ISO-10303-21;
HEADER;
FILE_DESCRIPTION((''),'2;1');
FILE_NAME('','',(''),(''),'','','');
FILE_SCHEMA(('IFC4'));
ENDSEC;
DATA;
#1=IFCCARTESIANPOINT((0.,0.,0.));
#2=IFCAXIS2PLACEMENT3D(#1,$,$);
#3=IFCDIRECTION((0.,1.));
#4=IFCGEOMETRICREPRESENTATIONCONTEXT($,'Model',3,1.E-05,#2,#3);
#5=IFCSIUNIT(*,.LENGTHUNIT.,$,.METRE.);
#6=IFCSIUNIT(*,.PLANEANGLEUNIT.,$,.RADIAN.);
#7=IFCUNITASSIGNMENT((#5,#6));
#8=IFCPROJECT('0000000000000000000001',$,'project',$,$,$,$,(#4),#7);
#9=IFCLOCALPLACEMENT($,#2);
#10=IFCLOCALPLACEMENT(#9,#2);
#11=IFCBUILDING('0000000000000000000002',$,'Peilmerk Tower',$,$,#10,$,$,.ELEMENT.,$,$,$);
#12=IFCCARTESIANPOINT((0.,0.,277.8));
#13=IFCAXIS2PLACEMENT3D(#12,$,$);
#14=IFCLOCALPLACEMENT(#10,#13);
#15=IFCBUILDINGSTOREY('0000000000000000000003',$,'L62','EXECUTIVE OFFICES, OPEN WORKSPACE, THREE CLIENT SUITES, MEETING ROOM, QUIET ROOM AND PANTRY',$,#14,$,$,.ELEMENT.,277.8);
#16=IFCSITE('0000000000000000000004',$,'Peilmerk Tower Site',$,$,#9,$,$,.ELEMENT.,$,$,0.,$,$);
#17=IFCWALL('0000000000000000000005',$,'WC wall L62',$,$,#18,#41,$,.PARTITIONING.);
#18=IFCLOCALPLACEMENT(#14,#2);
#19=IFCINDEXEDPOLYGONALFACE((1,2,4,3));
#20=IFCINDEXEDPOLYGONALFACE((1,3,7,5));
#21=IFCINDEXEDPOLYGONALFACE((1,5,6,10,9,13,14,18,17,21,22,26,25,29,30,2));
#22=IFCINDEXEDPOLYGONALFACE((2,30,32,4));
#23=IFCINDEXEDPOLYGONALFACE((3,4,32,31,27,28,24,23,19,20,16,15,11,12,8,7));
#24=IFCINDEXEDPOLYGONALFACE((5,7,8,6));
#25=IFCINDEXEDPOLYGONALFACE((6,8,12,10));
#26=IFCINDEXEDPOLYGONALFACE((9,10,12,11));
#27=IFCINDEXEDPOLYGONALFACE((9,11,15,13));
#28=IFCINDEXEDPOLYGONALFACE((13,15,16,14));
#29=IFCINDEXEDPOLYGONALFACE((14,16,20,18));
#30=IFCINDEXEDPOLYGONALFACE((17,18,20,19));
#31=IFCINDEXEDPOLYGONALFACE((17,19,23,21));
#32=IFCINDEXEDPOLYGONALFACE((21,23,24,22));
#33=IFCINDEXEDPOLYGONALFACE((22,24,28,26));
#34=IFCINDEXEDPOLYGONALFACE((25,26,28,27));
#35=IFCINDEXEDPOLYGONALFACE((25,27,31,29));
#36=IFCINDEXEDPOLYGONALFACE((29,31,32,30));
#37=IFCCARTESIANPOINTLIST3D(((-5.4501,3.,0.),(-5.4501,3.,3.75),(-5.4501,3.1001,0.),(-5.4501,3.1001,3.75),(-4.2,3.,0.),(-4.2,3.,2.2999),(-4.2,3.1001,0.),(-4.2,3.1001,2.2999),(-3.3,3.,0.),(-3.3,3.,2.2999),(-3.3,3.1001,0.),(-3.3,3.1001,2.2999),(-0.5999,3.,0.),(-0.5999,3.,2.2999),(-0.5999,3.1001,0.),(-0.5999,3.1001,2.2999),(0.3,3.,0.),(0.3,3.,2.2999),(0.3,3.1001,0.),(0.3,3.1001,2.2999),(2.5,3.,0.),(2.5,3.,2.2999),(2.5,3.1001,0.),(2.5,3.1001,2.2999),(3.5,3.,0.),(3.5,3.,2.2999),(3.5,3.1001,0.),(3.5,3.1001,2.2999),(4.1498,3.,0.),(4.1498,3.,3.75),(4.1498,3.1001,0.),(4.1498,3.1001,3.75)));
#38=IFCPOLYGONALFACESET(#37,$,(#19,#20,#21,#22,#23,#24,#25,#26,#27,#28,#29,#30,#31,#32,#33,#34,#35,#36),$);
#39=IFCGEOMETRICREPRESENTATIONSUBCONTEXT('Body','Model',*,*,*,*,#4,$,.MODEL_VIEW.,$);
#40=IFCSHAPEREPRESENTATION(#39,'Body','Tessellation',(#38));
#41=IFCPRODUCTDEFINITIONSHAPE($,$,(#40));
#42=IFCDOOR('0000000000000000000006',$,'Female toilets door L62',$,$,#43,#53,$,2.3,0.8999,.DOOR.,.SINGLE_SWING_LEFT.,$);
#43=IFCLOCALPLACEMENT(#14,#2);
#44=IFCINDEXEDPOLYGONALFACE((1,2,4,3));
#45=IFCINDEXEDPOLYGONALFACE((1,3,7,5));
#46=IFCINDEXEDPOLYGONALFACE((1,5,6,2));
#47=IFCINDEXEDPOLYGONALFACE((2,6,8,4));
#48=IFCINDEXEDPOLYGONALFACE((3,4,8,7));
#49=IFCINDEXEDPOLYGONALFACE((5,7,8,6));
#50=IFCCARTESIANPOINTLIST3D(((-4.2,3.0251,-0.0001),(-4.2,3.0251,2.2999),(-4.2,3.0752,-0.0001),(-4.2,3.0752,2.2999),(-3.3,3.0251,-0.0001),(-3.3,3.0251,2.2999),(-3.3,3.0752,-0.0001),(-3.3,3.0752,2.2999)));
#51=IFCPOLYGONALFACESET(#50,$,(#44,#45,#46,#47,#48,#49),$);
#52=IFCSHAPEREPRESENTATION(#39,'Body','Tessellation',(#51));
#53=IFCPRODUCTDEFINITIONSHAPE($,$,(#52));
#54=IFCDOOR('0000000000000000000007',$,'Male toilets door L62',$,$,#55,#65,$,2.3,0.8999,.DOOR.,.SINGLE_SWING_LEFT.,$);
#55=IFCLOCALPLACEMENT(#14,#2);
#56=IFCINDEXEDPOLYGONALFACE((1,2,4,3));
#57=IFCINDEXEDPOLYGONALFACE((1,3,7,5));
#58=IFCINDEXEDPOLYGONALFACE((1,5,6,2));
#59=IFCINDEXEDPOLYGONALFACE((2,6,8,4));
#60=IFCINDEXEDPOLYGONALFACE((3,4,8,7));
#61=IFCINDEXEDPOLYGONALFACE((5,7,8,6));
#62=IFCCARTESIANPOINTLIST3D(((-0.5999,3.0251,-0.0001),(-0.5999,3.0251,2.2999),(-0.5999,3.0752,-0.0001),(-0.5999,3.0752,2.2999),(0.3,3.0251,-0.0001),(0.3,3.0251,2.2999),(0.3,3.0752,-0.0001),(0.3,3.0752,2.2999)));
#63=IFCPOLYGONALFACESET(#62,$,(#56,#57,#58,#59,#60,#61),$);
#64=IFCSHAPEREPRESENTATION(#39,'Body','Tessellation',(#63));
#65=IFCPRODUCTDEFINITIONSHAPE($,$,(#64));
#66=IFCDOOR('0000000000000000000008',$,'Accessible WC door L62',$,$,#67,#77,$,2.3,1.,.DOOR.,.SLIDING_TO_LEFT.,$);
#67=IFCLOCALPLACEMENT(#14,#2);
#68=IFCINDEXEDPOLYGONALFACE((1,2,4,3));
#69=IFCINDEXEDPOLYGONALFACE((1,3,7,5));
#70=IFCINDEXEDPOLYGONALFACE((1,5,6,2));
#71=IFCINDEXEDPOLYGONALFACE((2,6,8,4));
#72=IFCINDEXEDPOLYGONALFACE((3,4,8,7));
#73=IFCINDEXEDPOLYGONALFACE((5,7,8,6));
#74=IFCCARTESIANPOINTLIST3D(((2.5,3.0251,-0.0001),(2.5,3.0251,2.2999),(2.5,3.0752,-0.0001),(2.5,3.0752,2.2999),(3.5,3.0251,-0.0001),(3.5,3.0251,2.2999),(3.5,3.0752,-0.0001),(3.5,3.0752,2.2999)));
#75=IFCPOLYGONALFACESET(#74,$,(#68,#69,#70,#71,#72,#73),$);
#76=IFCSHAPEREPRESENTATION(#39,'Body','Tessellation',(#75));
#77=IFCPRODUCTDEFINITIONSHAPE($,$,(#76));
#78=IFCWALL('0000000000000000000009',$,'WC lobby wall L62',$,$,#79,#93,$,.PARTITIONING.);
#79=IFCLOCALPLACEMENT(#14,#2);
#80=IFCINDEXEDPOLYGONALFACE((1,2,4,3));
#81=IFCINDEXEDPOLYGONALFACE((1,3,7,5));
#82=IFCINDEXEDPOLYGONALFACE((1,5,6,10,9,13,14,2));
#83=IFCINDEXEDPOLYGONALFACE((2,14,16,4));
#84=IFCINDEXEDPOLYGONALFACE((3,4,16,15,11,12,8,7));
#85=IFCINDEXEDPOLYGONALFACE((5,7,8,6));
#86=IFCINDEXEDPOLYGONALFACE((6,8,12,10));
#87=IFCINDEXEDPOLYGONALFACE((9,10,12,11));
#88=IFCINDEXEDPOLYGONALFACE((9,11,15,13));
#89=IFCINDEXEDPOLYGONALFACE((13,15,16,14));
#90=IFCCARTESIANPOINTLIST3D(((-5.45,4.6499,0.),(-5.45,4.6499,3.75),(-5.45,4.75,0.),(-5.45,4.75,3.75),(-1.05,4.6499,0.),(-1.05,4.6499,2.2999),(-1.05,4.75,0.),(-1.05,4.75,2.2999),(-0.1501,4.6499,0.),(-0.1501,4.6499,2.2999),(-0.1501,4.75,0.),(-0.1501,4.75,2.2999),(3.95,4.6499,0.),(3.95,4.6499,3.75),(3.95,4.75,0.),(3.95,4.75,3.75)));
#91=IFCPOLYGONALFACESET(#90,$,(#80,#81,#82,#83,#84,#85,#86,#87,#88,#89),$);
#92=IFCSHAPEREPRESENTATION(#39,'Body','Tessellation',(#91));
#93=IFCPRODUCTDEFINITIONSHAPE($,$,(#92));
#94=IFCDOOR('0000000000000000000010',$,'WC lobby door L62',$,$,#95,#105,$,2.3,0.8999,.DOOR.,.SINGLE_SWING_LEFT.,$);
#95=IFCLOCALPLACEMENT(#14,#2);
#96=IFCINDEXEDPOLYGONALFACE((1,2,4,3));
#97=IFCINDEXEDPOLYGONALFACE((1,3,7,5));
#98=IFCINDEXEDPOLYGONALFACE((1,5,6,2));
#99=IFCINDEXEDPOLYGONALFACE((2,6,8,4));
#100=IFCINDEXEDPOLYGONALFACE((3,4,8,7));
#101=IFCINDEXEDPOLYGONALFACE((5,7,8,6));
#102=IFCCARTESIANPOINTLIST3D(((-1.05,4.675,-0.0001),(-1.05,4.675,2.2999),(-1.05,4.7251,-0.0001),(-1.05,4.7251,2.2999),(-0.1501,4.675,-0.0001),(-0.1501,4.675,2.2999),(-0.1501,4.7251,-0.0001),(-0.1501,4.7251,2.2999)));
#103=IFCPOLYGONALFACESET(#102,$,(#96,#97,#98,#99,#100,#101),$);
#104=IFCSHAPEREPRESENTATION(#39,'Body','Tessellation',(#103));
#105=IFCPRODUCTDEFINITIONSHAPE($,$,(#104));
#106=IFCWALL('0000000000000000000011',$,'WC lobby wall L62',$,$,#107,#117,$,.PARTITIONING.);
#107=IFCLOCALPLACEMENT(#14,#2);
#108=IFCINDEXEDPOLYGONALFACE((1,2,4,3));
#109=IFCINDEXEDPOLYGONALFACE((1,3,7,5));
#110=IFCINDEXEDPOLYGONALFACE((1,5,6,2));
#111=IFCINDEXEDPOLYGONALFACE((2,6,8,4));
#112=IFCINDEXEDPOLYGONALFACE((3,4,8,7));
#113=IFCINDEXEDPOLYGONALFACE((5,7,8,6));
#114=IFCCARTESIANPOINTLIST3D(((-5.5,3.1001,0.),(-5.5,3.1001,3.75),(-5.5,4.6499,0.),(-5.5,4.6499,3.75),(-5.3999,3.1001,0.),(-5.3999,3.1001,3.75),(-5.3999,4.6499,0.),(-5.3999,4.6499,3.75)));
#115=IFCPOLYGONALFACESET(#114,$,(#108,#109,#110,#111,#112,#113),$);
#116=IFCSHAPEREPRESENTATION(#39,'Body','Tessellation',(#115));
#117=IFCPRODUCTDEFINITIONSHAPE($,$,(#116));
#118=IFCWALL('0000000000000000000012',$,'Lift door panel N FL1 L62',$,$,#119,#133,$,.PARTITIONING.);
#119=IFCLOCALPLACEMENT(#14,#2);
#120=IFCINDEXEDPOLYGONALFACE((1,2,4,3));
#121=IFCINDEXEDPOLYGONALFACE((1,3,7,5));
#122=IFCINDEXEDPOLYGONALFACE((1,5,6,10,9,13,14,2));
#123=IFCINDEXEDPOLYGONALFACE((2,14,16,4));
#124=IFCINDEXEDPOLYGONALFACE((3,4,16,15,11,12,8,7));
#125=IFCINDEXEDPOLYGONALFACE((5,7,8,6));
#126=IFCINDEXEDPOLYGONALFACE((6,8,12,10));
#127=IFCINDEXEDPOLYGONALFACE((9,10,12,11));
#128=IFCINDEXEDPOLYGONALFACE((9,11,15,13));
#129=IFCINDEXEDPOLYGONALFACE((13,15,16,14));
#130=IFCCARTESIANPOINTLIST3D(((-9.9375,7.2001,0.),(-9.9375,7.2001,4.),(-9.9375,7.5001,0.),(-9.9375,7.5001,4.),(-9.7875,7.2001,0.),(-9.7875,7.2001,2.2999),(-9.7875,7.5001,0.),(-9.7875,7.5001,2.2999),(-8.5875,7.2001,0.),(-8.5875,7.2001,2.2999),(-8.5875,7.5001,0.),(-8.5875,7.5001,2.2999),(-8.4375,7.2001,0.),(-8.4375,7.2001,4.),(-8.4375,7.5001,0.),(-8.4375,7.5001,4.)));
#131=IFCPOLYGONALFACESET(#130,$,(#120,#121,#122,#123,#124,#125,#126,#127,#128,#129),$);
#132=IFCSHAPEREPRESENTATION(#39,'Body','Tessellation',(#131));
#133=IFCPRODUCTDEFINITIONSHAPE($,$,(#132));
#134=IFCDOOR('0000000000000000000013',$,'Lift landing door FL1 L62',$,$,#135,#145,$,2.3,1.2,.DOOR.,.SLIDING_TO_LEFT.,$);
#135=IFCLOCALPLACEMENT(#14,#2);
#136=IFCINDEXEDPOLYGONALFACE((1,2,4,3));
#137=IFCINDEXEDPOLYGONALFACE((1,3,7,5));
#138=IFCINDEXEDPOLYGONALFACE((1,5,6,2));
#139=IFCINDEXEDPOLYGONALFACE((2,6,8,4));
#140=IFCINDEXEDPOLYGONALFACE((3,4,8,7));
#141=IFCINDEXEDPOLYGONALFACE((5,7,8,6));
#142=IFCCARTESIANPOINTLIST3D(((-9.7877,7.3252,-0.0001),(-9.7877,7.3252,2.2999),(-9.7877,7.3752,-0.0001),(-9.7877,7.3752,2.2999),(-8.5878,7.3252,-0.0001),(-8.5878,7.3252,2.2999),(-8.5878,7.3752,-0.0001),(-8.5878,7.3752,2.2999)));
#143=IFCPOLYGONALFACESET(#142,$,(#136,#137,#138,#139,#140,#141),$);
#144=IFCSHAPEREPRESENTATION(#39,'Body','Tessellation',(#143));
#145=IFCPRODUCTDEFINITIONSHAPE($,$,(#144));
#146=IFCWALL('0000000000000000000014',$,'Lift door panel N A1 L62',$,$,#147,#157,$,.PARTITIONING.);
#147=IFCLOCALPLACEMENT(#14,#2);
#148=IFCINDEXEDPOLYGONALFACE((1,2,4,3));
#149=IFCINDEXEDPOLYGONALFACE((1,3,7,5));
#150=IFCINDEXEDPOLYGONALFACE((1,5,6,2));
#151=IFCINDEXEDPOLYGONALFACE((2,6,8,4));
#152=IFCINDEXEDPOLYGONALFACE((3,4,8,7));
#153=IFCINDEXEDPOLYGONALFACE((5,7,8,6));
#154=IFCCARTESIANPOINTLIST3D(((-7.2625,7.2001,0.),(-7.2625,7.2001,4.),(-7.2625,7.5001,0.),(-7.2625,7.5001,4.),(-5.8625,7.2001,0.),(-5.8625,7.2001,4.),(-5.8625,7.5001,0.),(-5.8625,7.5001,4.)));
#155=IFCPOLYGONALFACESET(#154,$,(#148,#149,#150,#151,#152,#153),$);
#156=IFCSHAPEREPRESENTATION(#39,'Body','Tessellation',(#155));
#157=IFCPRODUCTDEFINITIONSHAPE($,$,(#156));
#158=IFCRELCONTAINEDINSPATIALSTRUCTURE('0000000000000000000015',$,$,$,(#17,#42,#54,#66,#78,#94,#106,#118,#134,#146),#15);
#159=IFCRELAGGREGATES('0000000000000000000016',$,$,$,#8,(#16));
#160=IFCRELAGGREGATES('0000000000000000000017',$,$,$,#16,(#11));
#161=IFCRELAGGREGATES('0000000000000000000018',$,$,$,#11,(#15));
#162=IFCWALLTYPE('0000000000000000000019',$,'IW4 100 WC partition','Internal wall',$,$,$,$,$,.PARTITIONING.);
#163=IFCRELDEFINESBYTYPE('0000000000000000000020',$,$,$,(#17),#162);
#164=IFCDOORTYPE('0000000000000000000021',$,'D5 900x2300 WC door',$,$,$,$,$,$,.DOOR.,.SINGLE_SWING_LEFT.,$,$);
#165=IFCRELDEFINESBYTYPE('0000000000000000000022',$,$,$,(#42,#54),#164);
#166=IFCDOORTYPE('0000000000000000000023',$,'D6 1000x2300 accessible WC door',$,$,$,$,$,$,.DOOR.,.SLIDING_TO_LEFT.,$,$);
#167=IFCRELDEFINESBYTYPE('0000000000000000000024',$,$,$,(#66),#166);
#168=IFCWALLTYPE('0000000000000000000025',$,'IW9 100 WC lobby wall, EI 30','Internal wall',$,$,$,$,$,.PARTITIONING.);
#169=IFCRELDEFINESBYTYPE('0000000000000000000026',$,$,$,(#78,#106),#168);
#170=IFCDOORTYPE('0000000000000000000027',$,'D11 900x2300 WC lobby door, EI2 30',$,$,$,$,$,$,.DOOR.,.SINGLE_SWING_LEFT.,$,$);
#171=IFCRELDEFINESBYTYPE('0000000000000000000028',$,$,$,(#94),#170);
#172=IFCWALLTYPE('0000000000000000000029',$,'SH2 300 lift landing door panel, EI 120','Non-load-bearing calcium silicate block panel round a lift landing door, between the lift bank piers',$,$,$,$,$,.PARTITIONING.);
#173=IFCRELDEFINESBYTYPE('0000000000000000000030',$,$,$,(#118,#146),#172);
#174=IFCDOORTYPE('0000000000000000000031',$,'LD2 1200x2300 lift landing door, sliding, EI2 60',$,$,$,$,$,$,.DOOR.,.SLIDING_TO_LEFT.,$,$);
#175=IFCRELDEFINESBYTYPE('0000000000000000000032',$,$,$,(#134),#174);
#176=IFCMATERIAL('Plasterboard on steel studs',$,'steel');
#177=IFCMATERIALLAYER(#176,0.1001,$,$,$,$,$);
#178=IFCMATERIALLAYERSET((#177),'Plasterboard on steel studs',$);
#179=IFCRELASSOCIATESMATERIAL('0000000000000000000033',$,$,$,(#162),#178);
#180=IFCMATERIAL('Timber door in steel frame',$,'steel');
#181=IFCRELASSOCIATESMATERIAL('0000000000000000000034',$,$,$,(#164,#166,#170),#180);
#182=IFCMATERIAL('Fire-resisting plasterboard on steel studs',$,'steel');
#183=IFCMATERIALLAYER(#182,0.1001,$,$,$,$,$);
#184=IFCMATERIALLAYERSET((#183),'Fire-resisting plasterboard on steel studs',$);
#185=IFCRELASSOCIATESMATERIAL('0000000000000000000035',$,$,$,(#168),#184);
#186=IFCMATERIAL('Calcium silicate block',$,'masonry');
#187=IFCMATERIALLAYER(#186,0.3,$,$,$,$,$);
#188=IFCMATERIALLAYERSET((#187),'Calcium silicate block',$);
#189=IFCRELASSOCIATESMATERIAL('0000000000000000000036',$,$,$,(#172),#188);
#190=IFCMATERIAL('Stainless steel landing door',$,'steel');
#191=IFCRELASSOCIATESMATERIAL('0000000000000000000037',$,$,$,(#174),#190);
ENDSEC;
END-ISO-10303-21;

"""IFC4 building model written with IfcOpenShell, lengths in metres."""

from ifc_helpers import new_model, si_unit, direction, frame, frame_2d, origin, place, context, subcontext, project, spatial, rectangle, extrude, material, layer, layer_set, type_object, element, fill, save


model = new_model("IFC4")

# Units and contexts
model_context = context("Model", 3, precision=1e-05, world=origin(), true_north=direction((0.0, 1.0)))
body_context = subcontext(model_context, "Body", "Model", "MODEL_VIEW")
ifc_project = project(units=[si_unit("LENGTHUNIT", "METRE"), si_unit("PLANEANGLEUNIT", "RADIAN")], contexts=[model_context])

# Site, building, storey
site_placement = place(None, origin())
site = spatial("IfcSite", under=ifc_project, at=site_placement, Name="Peilmerk Tower Site", CompositionType="ELEMENT", RefElevation=0.0)
building_placement = place(site_placement, origin())
building = spatial("IfcBuilding", under=site, at=building_placement, Name="Peilmerk Tower", CompositionType="ELEMENT")
storey_placement = place(building_placement, frame((0.0, 0.0, 277.8)))
storey = spatial("IfcBuildingStorey", under=building, at=storey_placement, Name="L62", Description="EXECUTIVE OFFICES, OPEN WORKSPACE, THREE CLIENT SUITES, MEETING ROOM, QUIET ROOM AND PANTRY", CompositionType="ELEMENT", Elevation=277.8)

# Wall, openings, doors
ifc_material_1 = material(Name="Plasterboard on steel studs", Category="steel")
ifc_layer_1 = layer(ifc_material_1, 0.1001)
ifc_layer_set_1 = layer_set([ifc_layer_1], Name="Plasterboard on steel studs")
wall_type_1 = type_object("IfcWallType", Name="IW4 100 WC partition", Description="Internal wall", PredefinedType="PARTITIONING", material=ifc_layer_set_1)
wall_1_placement = place(storey_placement, frame((-5.45, 3.05, 0.0), z_axis=(0.0, 0.0, 1.0), x_axis=(1.0, 0.0, 0.0)))
wall_1 = element("IfcWall", 1, at=wall_1_placement, inside=storey, type_object=wall_type_1, Name="WC wall L62", PredefinedType="PARTITIONING", context=body_context, shape_type="SweptSolid", body=[
    extrude(rectangle(XDim=9.5999, YDim=0.1001, at=frame_2d((4.7998, 0.0))), origin(), (0.0, 0.0, 1.0), 3.75),
])
opening_1_placement = place(wall_1_placement, frame((1.25, 0.0, 0.0)))
opening_1 = element("IfcOpeningElement", 2, at=opening_1_placement, cuts=wall_1, PredefinedType="OPENING", context=body_context, shape_type="SweptSolid", body=[
    extrude(rectangle(XDim=0.8999, YDim=2.3, at=frame_2d((0.45, 1.1499))), frame((0.0, 0.0601, 0.0), z_axis=(0.0, -1.0, 0.0), x_axis=(1.0, 0.0, 0.0)), (0.0, 0.0, 1.0), 0.1201),
])
opening_2_placement = place(wall_1_placement, frame((4.8501, 0.0, 0.0)))
opening_2 = element("IfcOpeningElement", 3, at=opening_2_placement, cuts=wall_1, PredefinedType="OPENING", context=body_context, shape_type="SweptSolid", body=[
    extrude(rectangle(XDim=0.8999, YDim=2.3, at=frame_2d((0.45, 1.1499))), frame((0.0, 0.0601, 0.0), z_axis=(0.0, -1.0, 0.0), x_axis=(1.0, 0.0, 0.0)), (0.0, 0.0, 1.0), 0.1201),
])
opening_3_placement = place(wall_1_placement, frame((7.95, 0.0, 0.0)))
opening_3 = element("IfcOpeningElement", 4, at=opening_3_placement, cuts=wall_1, PredefinedType="OPENING", context=body_context, shape_type="SweptSolid", body=[
    extrude(rectangle(XDim=1.0, YDim=2.3, at=frame_2d((0.5, 1.1499))), frame((0.0, 0.0601, 0.0), z_axis=(0.0, -1.0, 0.0), x_axis=(1.0, 0.0, 0.0)), (0.0, 0.0, 1.0), 0.1201),
])
ifc_material_2 = material(Name="Timber door in steel frame", Category="steel")
door_type_1 = type_object("IfcDoorType", Name="D5 900x2300 WC door", OperationType="SINGLE_SWING_LEFT", PredefinedType="DOOR", material=ifc_material_2)
door_1_placement = place(opening_1_placement, frame((0.8999, 0.0, 0.0), z_axis=(0.0, 0.0, 1.0), x_axis=(-1.0, 0.0, 0.0)))
door_1 = element("IfcDoor", 5, at=door_1_placement, inside=storey, type_object=door_type_1, Name="Female toilets door L62", OperationType="SINGLE_SWING_LEFT", OverallHeight=2.3, OverallWidth=0.8999, PredefinedType="DOOR", context=body_context, shape_type="SweptSolid", body=[
    extrude(rectangle(XDim=0.8999, YDim=2.3, at=frame_2d((0.45, 1.1499))), frame((0.0, 0.0249, 0.0), z_axis=(0.0, -1.0, 0.0), x_axis=(1.0, 0.0, 0.0)), (0.0, 0.0, 1.0), 0.05),
])
fill(opening_1, door_1)
door_2_placement = place(opening_2_placement, frame((0.8999, 0.0, 0.0), z_axis=(0.0, 0.0, 1.0), x_axis=(-1.0, 0.0, 0.0)))
door_2 = element("IfcDoor", 6, at=door_2_placement, inside=storey, type_object=door_type_1, Name="Male toilets door L62", OperationType="SINGLE_SWING_LEFT", OverallHeight=2.3, OverallWidth=0.8999, PredefinedType="DOOR", context=body_context, shape_type="SweptSolid", body=[
    extrude(rectangle(XDim=0.8999, YDim=2.3, at=frame_2d((0.45, 1.1499))), frame((0.0, 0.0249, 0.0), z_axis=(0.0, -1.0, 0.0), x_axis=(1.0, 0.0, 0.0)), (0.0, 0.0, 1.0), 0.05),
])
fill(opening_2, door_2)
door_type_2 = type_object("IfcDoorType", Name="D6 1000x2300 accessible WC door", OperationType="SLIDING_TO_LEFT", PredefinedType="DOOR", material=ifc_material_2)
door_3_placement = place(opening_3_placement, frame((1.0, 0.0, 0.0), z_axis=(0.0, 0.0, 1.0), x_axis=(-1.0, 0.0, 0.0)))
door_3 = element("IfcDoor", 7, at=door_3_placement, inside=storey, type_object=door_type_2, Name="Accessible WC door L62", OperationType="SLIDING_TO_LEFT", OverallHeight=2.3, OverallWidth=1.0, PredefinedType="DOOR", context=body_context, shape_type="SweptSolid", body=[
    extrude(rectangle(XDim=1.0, YDim=2.3, at=frame_2d((0.5, 1.1499))), frame((0.0, 0.0249, 0.0), z_axis=(0.0, -1.0, 0.0), x_axis=(1.0, 0.0, 0.0)), (0.0, 0.0, 1.0), 0.05),
])
fill(opening_3, door_3)

# Wall, opening, door
ifc_material_3 = material(Name="Fire-resisting plasterboard on steel studs", Category="steel")
ifc_layer_2 = layer(ifc_material_3, 0.1001)
ifc_layer_set_2 = layer_set([ifc_layer_2], Name="Fire-resisting plasterboard on steel studs")
wall_type_2 = type_object("IfcWallType", Name="IW9 100 WC lobby wall, EI 30", Description="Internal wall", PredefinedType="PARTITIONING", material=ifc_layer_set_2)
wall_2_placement = place(storey_placement, frame((-5.45, 4.7, 0.0), z_axis=(0.0, 0.0, 1.0), x_axis=(1.0, 0.0, 0.0)))
wall_2 = element("IfcWall", 8, at=wall_2_placement, inside=storey, type_object=wall_type_2, Name="WC lobby wall L62", PredefinedType="PARTITIONING", context=body_context, shape_type="SweptSolid", body=[
    extrude(rectangle(XDim=9.3999, YDim=0.1001, at=frame_2d((4.7, 0.0))), origin(), (0.0, 0.0, 1.0), 3.75),
])
opening_4_placement = place(wall_2_placement, frame((4.3999, 0.0, 0.0)))
opening_4 = element("IfcOpeningElement", 9, at=opening_4_placement, cuts=wall_2, PredefinedType="OPENING", context=body_context, shape_type="SweptSolid", body=[
    extrude(rectangle(XDim=0.8999, YDim=2.3, at=frame_2d((0.45, 1.1499))), frame((0.0, 0.0601, 0.0), z_axis=(0.0, -1.0, 0.0), x_axis=(1.0, 0.0, 0.0)), (0.0, 0.0, 1.0), 0.1201),
])
door_type_3 = type_object("IfcDoorType", Name="D11 900x2300 WC lobby door, EI2 30", OperationType="SINGLE_SWING_LEFT", PredefinedType="DOOR", material=ifc_material_2)
door_4_placement = place(opening_4_placement, frame((0.8999, 0.0, 0.0), z_axis=(0.0, 0.0, 1.0), x_axis=(-1.0, 0.0, 0.0)))
door_4 = element("IfcDoor", 10, at=door_4_placement, inside=storey, type_object=door_type_3, Name="WC lobby door L62", OperationType="SINGLE_SWING_LEFT", OverallHeight=2.3, OverallWidth=0.8999, PredefinedType="DOOR", context=body_context, shape_type="SweptSolid", body=[
    extrude(rectangle(XDim=0.8999, YDim=2.3, at=frame_2d((0.45, 1.1499))), frame((0.0, 0.0249, 0.0), z_axis=(0.0, -1.0, 0.0), x_axis=(1.0, 0.0, 0.0)), (0.0, 0.0, 1.0), 0.05),
])
fill(opening_4, door_4)

# Wall
wall_3_placement = place(storey_placement, frame((-5.45, 3.1001, 0.0), z_axis=(0.0, 0.0, 1.0), x_axis=(0.0, 1.0, 0.0)))
element("IfcWall", 11, at=wall_3_placement, inside=storey, type_object=wall_type_2, Name="WC lobby wall L62", PredefinedType="PARTITIONING", context=body_context, shape_type="SweptSolid", body=[
    extrude(rectangle(XDim=1.5498, YDim=0.1001, at=frame_2d((0.7749, 0.0))), origin(), (0.0, 0.0, 1.0), 3.75),
])

# Wall, opening, door
ifc_material_4 = material(Name="Calcium silicate block", Category="masonry")
ifc_layer_3 = layer(ifc_material_4, 0.3)
ifc_layer_set_3 = layer_set([ifc_layer_3], Name="Calcium silicate block")
wall_type_3 = type_object("IfcWallType", Name="SH2 300 lift landing door panel, EI 120", Description="Non-load-bearing calcium silicate block panel round a lift landing door, between the lift bank piers", PredefinedType="PARTITIONING", material=ifc_layer_set_3)
wall_4_placement = place(storey_placement, frame((-9.9375, 7.3501, 0.0), z_axis=(0.0, 0.0, 1.0), x_axis=(1.0, 0.0, 0.0)))
wall_4 = element("IfcWall", 12, at=wall_4_placement, inside=storey, type_object=wall_type_3, Name="Lift door panel N FL1 L62", PredefinedType="PARTITIONING", context=body_context, shape_type="SweptSolid", body=[
    extrude(rectangle(XDim=1.5, YDim=0.3, at=frame_2d((0.75, 0.0))), origin(), (0.0, 0.0, 1.0), 4.0),
])
opening_5_placement = place(wall_4_placement, frame((0.1499, 0.0, 0.0)))
opening_5 = element("IfcOpeningElement", 13, at=opening_5_placement, cuts=wall_4, PredefinedType="OPENING", context=body_context, shape_type="SweptSolid", body=[
    extrude(rectangle(XDim=1.2, YDim=2.3, at=frame_2d((0.6001, 1.1499))), frame((0.0, 0.1599, 0.0), z_axis=(0.0, -1.0, 0.0), x_axis=(1.0, 0.0, 0.0)), (0.0, 0.0, 1.0), 0.3201),
])
ifc_material_5 = material(Name="Stainless steel landing door", Category="steel")
door_type_4 = type_object("IfcDoorType", Name="LD2 1200x2300 lift landing door, sliding, EI2 60", OperationType="SLIDING_TO_LEFT", PredefinedType="DOOR", material=ifc_material_5)
door_5_placement = place(opening_5_placement, frame((1.2, 0.0, 0.0), z_axis=(0.0, 0.0, 1.0), x_axis=(-1.0, 0.0, 0.0)))
door_5 = element("IfcDoor", 14, at=door_5_placement, inside=storey, type_object=door_type_4, Name="Lift landing door FL1 L62", OperationType="SLIDING_TO_LEFT", OverallHeight=2.3, OverallWidth=1.2, PredefinedType="DOOR", context=body_context, shape_type="SweptSolid", body=[
    extrude(rectangle(XDim=1.2, YDim=2.3, at=frame_2d((0.6001, 1.1499))), frame((0.0, 0.0249, 0.0), z_axis=(0.0, -1.0, 0.0), x_axis=(1.0, 0.0, 0.0)), (0.0, 0.0, 1.0), 0.05),
])
fill(opening_5, door_5)

# Wall
wall_5_placement = place(storey_placement, frame((-7.2625, 7.3501, 0.0), z_axis=(0.0, 0.0, 1.0), x_axis=(1.0, 0.0, 0.0)))
element("IfcWall", 15, at=wall_5_placement, inside=storey, type_object=wall_type_3, Name="Lift door panel N A1 L62", PredefinedType="PARTITIONING", context=body_context, shape_type="SweptSolid", body=[
    extrude(rectangle(XDim=1.3999, YDim=0.3, at=frame_2d((0.7, 0.0))), origin(), (0.0, 0.0, 1.0), 4.0),
])

save(model, "model.ifc")
